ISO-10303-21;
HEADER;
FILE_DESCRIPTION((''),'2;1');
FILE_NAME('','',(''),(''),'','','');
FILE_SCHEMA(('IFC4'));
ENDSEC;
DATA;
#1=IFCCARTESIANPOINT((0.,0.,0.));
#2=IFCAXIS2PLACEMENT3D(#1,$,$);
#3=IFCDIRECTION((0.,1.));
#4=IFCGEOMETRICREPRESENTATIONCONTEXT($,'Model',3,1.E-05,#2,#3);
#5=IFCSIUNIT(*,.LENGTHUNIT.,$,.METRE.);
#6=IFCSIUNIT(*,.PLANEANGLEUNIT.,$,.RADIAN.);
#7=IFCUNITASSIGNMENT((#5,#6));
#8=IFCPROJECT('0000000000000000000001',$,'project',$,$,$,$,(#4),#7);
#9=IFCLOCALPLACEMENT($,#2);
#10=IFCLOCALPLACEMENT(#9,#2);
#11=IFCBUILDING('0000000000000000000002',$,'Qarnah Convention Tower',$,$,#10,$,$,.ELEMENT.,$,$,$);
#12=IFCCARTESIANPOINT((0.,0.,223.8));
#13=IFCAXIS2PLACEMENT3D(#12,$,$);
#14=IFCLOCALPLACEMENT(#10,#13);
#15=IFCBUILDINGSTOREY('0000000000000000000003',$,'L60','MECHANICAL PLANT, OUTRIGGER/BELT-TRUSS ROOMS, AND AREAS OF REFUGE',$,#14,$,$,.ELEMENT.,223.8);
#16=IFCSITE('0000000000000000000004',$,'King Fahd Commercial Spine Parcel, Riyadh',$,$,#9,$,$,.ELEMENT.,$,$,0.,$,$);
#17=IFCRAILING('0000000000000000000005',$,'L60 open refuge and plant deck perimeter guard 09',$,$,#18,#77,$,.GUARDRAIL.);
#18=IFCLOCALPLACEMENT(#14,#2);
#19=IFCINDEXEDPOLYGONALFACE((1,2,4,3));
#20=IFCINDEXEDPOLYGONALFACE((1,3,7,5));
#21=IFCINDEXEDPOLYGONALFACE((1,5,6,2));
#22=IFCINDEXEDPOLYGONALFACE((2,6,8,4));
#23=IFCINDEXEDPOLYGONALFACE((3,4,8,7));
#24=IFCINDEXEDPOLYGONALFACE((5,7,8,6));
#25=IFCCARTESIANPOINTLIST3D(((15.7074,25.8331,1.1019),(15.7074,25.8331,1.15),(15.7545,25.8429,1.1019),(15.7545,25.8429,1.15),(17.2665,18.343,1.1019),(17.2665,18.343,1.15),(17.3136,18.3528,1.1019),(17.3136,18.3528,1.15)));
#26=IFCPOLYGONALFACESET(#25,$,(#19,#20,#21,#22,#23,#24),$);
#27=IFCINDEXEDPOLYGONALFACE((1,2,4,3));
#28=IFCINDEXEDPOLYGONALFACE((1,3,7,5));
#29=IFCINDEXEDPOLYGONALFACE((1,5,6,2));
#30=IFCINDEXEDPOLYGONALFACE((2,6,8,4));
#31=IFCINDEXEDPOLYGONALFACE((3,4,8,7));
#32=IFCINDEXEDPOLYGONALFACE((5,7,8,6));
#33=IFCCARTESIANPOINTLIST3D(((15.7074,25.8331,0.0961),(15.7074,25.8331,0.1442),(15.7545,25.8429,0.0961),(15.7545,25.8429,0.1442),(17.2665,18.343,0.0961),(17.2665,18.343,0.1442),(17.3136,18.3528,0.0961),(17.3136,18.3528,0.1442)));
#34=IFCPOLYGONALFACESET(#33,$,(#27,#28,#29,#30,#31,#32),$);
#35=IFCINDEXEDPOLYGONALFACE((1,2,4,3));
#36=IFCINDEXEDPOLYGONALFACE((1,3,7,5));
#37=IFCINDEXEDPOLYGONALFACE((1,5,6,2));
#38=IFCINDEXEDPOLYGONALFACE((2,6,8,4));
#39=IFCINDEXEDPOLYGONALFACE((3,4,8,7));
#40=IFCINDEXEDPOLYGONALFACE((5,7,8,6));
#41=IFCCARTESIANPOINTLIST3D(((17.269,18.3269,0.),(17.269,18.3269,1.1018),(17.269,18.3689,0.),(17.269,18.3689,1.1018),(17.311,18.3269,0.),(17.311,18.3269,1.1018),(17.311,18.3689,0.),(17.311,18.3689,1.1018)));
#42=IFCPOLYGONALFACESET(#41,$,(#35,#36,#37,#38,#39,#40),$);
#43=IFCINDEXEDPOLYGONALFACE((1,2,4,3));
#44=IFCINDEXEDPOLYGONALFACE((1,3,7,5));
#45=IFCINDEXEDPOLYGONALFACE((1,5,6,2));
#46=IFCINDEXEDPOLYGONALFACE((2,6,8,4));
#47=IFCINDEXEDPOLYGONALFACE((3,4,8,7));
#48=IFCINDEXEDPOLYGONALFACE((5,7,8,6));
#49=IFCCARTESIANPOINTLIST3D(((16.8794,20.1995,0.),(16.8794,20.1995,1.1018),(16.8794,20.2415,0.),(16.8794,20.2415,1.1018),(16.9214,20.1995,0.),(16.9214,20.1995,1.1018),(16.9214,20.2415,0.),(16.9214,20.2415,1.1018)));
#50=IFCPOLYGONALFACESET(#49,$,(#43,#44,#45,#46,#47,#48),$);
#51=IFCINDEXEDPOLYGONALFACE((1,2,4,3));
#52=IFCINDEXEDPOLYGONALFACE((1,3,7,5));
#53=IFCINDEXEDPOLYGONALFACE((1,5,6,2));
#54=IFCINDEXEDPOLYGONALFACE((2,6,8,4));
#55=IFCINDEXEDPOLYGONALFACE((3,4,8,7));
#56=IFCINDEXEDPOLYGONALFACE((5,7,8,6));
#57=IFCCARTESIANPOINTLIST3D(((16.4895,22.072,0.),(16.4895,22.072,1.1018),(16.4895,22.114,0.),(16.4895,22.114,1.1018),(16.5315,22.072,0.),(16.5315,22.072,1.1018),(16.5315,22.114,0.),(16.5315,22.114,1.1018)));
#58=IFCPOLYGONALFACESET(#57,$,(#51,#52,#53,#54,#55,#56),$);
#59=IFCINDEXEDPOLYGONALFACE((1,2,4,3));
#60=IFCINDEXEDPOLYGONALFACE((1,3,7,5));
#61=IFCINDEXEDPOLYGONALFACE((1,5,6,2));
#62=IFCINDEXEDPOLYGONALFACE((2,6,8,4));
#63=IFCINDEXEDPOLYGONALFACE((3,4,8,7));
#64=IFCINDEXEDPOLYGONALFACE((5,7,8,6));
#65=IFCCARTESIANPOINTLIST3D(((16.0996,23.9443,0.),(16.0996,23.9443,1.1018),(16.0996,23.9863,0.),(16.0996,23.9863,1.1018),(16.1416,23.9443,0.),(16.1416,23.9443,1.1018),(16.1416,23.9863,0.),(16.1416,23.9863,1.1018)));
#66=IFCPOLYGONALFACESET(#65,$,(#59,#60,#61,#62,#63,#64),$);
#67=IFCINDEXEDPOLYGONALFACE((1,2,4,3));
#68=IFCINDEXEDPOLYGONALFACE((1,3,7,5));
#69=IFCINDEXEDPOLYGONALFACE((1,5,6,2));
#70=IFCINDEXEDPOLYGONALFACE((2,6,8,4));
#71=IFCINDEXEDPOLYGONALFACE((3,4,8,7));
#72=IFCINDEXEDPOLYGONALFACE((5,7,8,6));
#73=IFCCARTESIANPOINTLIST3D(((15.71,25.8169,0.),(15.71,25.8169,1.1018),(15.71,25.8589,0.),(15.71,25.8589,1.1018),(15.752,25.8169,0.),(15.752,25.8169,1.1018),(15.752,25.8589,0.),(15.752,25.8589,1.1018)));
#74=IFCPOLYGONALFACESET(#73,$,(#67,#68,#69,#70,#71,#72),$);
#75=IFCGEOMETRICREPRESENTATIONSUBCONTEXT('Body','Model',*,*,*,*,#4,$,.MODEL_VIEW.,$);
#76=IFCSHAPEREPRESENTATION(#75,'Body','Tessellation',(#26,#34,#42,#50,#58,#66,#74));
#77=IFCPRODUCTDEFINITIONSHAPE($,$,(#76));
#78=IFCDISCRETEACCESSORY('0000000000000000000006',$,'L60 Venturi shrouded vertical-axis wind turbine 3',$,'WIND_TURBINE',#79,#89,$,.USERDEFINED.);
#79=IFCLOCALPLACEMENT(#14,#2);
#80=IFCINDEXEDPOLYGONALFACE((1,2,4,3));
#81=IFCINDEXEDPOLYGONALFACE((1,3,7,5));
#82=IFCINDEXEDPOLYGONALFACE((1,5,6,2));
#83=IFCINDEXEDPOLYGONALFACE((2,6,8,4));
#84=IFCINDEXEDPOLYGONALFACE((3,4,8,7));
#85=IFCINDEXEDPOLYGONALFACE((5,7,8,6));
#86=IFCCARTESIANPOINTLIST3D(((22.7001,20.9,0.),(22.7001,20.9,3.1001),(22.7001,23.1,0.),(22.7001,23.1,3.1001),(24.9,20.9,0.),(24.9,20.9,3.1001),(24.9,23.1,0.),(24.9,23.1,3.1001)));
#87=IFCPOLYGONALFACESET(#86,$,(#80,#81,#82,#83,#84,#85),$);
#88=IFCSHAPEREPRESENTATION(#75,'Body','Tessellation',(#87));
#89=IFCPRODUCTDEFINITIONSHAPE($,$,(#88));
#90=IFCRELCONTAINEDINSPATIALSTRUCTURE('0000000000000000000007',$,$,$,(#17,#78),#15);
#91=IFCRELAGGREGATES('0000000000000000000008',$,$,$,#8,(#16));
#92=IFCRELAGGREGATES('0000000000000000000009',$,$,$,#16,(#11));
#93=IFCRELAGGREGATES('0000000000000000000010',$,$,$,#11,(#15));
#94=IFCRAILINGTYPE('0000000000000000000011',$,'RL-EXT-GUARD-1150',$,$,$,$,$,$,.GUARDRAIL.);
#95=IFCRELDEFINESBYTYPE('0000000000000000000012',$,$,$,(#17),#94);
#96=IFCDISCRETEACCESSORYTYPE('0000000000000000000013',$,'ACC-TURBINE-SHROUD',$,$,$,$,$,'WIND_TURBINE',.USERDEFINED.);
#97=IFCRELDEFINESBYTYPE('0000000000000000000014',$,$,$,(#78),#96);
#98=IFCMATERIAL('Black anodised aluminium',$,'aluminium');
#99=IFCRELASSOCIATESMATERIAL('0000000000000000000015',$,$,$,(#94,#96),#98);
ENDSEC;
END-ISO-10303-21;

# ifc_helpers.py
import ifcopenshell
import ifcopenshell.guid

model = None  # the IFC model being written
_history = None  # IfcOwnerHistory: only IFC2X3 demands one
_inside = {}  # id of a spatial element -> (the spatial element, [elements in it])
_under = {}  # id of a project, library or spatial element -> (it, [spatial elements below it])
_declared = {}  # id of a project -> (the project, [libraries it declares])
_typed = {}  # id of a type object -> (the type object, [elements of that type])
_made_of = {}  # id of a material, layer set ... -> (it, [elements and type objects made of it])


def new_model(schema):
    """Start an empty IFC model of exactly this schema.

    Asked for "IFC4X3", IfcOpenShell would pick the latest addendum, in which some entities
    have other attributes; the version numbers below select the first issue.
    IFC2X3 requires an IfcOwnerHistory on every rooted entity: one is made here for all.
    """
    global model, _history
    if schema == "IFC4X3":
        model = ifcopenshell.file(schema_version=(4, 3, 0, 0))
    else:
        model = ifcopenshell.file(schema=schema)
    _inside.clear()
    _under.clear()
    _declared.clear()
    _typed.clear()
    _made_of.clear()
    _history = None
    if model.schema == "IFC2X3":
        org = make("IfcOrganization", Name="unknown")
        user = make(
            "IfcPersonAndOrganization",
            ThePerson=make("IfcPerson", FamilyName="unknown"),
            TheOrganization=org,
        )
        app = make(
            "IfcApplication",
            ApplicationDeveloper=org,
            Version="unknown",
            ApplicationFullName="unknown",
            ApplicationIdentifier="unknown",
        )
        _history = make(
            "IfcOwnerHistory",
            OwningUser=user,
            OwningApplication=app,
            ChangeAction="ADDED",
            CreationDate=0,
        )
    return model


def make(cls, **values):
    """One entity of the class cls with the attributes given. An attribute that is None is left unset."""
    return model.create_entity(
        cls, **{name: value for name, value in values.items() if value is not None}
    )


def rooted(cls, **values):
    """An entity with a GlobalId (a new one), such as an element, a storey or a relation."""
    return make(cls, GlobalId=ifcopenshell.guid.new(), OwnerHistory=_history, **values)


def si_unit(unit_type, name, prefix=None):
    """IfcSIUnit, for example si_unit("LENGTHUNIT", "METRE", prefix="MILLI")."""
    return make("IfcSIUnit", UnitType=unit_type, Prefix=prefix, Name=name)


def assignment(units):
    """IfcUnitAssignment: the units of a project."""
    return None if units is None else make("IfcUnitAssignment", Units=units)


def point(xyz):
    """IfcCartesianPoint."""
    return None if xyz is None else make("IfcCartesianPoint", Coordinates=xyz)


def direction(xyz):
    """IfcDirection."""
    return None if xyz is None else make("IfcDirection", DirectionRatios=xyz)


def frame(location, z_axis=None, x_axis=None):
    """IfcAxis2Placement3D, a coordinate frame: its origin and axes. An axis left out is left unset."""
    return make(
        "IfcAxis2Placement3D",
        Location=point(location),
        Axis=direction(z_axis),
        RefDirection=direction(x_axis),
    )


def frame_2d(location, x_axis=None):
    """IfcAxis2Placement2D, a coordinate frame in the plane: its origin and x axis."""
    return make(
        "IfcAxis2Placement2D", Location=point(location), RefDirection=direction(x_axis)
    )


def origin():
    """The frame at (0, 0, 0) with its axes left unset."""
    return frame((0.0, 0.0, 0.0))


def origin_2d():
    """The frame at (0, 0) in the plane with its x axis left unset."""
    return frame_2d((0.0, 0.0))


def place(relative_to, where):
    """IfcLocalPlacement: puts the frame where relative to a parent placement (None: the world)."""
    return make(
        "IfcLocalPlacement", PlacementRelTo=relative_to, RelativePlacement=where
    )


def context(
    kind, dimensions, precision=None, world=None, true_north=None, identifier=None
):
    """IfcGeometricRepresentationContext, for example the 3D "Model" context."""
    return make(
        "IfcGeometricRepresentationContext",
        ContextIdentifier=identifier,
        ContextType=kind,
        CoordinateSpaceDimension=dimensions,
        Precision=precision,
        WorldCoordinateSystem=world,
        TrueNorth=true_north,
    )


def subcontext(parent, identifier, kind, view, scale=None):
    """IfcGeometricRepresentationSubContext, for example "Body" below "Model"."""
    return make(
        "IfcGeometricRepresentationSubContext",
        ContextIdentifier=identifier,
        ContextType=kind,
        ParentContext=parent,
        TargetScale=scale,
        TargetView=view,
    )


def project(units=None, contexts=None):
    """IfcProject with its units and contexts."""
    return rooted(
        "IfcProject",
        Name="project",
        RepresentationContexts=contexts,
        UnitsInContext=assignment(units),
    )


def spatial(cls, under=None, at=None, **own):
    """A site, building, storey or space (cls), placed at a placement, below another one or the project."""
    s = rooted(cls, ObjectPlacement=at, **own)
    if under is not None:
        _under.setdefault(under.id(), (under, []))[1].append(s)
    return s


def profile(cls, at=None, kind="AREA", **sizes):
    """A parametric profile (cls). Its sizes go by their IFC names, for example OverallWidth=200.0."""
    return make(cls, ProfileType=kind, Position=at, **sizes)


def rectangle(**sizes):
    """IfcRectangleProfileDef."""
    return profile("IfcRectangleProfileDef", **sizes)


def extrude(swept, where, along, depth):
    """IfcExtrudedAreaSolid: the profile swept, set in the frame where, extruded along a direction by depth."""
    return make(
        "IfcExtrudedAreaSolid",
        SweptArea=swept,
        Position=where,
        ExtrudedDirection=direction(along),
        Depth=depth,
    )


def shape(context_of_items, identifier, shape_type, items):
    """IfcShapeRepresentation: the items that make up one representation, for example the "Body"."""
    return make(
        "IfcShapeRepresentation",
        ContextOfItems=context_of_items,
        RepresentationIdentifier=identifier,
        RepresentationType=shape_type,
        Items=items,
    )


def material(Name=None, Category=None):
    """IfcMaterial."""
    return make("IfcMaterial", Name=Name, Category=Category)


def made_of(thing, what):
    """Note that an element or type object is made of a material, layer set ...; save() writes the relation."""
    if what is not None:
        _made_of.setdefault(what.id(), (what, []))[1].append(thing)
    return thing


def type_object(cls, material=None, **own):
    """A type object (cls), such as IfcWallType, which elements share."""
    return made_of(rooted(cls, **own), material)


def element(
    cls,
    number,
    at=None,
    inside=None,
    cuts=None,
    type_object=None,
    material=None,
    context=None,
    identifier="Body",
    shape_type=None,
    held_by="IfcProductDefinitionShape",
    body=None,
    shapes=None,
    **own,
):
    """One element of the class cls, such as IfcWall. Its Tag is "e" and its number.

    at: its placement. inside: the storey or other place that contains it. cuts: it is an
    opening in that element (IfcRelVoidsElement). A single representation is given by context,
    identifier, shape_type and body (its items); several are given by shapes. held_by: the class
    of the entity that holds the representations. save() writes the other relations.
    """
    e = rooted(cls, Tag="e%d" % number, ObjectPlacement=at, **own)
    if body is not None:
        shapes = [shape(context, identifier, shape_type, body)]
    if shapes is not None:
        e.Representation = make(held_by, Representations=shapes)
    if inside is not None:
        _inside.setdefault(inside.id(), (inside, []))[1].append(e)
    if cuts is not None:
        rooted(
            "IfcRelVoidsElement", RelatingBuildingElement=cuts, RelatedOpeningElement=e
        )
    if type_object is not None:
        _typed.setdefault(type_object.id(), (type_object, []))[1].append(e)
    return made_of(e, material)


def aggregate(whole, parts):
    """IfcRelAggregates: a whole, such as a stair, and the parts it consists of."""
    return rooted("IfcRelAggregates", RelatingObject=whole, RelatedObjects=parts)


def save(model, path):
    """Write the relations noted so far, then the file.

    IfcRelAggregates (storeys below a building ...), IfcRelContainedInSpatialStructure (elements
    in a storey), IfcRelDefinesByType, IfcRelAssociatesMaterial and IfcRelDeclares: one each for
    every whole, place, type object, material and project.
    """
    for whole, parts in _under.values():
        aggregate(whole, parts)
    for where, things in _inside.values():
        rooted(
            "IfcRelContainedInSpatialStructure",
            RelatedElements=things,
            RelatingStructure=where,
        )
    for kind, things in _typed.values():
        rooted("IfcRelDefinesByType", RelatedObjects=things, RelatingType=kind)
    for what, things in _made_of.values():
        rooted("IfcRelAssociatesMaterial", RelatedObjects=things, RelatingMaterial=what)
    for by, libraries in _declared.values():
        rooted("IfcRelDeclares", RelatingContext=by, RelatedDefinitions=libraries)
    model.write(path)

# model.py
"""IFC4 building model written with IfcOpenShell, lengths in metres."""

from ifc_helpers import new_model, si_unit, direction, frame, origin, origin_2d, place, context, subcontext, project, spatial, rectangle, extrude, material, type_object, element, save


model = new_model("IFC4")

# Units and contexts
model_context = context("Model", 3, precision=1e-05, world=origin(), true_north=direction((0.0, 1.0)))
body_context = subcontext(model_context, "Body", "Model", "MODEL_VIEW")
ifc_project = project(units=[si_unit("LENGTHUNIT", "METRE"), si_unit("PLANEANGLEUNIT", "RADIAN")], contexts=[model_context])

# Site, building, storey
site_placement = place(None, origin())
site = spatial("IfcSite", under=ifc_project, at=site_placement, Name="King Fahd Commercial Spine Parcel, Riyadh", CompositionType="ELEMENT", RefElevation=0.0)
building_placement = place(site_placement, origin())
building = spatial("IfcBuilding", under=site, at=building_placement, Name="Qarnah Convention Tower", CompositionType="ELEMENT")
storey_placement = place(building_placement, frame((0.0, 0.0, 223.8)))
storey = spatial("IfcBuildingStorey", under=building, at=storey_placement, Name="L60", Description="MECHANICAL PLANT, OUTRIGGER/BELT-TRUSS ROOMS, AND AREAS OF REFUGE", CompositionType="ELEMENT", Elevation=223.8)

# Railing
ifc_material_1 = material(Name="Black anodised aluminium", Category="aluminium")
railing_type = type_object("IfcRailingType", Name="RL-EXT-GUARD-1150", PredefinedType="GUARDRAIL", material=ifc_material_1)
railing_1_placement = place(storey_placement, frame((17.29, 18.3479, 0.0)))
element("IfcRailing", 1, at=railing_1_placement, inside=storey, type_object=railing_type, Name="L60 open refuge and plant deck perimeter guard 09", PredefinedType="GUARDRAIL", context=body_context, shape_type="SweptSolid", body=[
    extrude(rectangle(XDim=0.0481, YDim=0.0481, at=origin_2d()), frame((0.0, 0.0, 1.126), z_axis=(-0.203787, 0.979015, 0.0), x_axis=(-0.979015, -0.203787, 0.0)), (0.0, 0.0, 1.0), 7.6506),
    extrude(rectangle(XDim=0.0481, YDim=0.0481, at=origin_2d()), frame((0.0, 0.0, 0.1201), z_axis=(-0.203787, 0.979015, 0.0), x_axis=(-0.979015, -0.203787, 0.0)), (0.0, 0.0, 1.0), 7.6506),
    extrude(rectangle(XDim=0.042, YDim=0.042, at=origin_2d()), origin(), (0.0, 0.0, 1.0), 1.1018),
    extrude(rectangle(XDim=0.042, YDim=0.042, at=origin_2d()), frame((-0.3896, 1.8726, 0.0)), (0.0, 0.0, 1.0), 1.1018),
    extrude(rectangle(XDim=0.042, YDim=0.042, at=origin_2d()), frame((-0.7795, 3.7451, 0.0)), (0.0, 0.0, 1.0), 1.1018),
    extrude(rectangle(XDim=0.042, YDim=0.042, at=origin_2d()), frame((-1.1694, 5.6174, 0.0)), (0.0, 0.0, 1.0), 1.1018),
    extrude(rectangle(XDim=0.042, YDim=0.042, at=origin_2d()), frame((-1.5591, 7.49, 0.0)), (0.0, 0.0, 1.0), 1.1018),
])

# Discrete accessory
discrete_accessory_type = type_object("IfcDiscreteAccessoryType", Name="ACC-TURBINE-SHROUD", ElementType="WIND_TURBINE", PredefinedType="USERDEFINED", material=ifc_material_1)
discrete_accessory_placement = place(storey_placement, frame((23.8, 22.0, 0.0), z_axis=(0.0, 0.0, 1.0), x_axis=(-1.0, 0.0, 0.0)))
element("IfcDiscreteAccessory", 2, at=discrete_accessory_placement, inside=storey, type_object=discrete_accessory_type, Name="L60 Venturi shrouded vertical-axis wind turbine 3", ObjectType="WIND_TURBINE", PredefinedType="USERDEFINED", context=body_context, shape_type="SweptSolid", body=[
    extrude(rectangle(XDim=2.2, YDim=2.2, at=origin_2d()), origin(), (0.0, 0.0, 1.0), 3.1001),
])

save(model, "model.ifc")
